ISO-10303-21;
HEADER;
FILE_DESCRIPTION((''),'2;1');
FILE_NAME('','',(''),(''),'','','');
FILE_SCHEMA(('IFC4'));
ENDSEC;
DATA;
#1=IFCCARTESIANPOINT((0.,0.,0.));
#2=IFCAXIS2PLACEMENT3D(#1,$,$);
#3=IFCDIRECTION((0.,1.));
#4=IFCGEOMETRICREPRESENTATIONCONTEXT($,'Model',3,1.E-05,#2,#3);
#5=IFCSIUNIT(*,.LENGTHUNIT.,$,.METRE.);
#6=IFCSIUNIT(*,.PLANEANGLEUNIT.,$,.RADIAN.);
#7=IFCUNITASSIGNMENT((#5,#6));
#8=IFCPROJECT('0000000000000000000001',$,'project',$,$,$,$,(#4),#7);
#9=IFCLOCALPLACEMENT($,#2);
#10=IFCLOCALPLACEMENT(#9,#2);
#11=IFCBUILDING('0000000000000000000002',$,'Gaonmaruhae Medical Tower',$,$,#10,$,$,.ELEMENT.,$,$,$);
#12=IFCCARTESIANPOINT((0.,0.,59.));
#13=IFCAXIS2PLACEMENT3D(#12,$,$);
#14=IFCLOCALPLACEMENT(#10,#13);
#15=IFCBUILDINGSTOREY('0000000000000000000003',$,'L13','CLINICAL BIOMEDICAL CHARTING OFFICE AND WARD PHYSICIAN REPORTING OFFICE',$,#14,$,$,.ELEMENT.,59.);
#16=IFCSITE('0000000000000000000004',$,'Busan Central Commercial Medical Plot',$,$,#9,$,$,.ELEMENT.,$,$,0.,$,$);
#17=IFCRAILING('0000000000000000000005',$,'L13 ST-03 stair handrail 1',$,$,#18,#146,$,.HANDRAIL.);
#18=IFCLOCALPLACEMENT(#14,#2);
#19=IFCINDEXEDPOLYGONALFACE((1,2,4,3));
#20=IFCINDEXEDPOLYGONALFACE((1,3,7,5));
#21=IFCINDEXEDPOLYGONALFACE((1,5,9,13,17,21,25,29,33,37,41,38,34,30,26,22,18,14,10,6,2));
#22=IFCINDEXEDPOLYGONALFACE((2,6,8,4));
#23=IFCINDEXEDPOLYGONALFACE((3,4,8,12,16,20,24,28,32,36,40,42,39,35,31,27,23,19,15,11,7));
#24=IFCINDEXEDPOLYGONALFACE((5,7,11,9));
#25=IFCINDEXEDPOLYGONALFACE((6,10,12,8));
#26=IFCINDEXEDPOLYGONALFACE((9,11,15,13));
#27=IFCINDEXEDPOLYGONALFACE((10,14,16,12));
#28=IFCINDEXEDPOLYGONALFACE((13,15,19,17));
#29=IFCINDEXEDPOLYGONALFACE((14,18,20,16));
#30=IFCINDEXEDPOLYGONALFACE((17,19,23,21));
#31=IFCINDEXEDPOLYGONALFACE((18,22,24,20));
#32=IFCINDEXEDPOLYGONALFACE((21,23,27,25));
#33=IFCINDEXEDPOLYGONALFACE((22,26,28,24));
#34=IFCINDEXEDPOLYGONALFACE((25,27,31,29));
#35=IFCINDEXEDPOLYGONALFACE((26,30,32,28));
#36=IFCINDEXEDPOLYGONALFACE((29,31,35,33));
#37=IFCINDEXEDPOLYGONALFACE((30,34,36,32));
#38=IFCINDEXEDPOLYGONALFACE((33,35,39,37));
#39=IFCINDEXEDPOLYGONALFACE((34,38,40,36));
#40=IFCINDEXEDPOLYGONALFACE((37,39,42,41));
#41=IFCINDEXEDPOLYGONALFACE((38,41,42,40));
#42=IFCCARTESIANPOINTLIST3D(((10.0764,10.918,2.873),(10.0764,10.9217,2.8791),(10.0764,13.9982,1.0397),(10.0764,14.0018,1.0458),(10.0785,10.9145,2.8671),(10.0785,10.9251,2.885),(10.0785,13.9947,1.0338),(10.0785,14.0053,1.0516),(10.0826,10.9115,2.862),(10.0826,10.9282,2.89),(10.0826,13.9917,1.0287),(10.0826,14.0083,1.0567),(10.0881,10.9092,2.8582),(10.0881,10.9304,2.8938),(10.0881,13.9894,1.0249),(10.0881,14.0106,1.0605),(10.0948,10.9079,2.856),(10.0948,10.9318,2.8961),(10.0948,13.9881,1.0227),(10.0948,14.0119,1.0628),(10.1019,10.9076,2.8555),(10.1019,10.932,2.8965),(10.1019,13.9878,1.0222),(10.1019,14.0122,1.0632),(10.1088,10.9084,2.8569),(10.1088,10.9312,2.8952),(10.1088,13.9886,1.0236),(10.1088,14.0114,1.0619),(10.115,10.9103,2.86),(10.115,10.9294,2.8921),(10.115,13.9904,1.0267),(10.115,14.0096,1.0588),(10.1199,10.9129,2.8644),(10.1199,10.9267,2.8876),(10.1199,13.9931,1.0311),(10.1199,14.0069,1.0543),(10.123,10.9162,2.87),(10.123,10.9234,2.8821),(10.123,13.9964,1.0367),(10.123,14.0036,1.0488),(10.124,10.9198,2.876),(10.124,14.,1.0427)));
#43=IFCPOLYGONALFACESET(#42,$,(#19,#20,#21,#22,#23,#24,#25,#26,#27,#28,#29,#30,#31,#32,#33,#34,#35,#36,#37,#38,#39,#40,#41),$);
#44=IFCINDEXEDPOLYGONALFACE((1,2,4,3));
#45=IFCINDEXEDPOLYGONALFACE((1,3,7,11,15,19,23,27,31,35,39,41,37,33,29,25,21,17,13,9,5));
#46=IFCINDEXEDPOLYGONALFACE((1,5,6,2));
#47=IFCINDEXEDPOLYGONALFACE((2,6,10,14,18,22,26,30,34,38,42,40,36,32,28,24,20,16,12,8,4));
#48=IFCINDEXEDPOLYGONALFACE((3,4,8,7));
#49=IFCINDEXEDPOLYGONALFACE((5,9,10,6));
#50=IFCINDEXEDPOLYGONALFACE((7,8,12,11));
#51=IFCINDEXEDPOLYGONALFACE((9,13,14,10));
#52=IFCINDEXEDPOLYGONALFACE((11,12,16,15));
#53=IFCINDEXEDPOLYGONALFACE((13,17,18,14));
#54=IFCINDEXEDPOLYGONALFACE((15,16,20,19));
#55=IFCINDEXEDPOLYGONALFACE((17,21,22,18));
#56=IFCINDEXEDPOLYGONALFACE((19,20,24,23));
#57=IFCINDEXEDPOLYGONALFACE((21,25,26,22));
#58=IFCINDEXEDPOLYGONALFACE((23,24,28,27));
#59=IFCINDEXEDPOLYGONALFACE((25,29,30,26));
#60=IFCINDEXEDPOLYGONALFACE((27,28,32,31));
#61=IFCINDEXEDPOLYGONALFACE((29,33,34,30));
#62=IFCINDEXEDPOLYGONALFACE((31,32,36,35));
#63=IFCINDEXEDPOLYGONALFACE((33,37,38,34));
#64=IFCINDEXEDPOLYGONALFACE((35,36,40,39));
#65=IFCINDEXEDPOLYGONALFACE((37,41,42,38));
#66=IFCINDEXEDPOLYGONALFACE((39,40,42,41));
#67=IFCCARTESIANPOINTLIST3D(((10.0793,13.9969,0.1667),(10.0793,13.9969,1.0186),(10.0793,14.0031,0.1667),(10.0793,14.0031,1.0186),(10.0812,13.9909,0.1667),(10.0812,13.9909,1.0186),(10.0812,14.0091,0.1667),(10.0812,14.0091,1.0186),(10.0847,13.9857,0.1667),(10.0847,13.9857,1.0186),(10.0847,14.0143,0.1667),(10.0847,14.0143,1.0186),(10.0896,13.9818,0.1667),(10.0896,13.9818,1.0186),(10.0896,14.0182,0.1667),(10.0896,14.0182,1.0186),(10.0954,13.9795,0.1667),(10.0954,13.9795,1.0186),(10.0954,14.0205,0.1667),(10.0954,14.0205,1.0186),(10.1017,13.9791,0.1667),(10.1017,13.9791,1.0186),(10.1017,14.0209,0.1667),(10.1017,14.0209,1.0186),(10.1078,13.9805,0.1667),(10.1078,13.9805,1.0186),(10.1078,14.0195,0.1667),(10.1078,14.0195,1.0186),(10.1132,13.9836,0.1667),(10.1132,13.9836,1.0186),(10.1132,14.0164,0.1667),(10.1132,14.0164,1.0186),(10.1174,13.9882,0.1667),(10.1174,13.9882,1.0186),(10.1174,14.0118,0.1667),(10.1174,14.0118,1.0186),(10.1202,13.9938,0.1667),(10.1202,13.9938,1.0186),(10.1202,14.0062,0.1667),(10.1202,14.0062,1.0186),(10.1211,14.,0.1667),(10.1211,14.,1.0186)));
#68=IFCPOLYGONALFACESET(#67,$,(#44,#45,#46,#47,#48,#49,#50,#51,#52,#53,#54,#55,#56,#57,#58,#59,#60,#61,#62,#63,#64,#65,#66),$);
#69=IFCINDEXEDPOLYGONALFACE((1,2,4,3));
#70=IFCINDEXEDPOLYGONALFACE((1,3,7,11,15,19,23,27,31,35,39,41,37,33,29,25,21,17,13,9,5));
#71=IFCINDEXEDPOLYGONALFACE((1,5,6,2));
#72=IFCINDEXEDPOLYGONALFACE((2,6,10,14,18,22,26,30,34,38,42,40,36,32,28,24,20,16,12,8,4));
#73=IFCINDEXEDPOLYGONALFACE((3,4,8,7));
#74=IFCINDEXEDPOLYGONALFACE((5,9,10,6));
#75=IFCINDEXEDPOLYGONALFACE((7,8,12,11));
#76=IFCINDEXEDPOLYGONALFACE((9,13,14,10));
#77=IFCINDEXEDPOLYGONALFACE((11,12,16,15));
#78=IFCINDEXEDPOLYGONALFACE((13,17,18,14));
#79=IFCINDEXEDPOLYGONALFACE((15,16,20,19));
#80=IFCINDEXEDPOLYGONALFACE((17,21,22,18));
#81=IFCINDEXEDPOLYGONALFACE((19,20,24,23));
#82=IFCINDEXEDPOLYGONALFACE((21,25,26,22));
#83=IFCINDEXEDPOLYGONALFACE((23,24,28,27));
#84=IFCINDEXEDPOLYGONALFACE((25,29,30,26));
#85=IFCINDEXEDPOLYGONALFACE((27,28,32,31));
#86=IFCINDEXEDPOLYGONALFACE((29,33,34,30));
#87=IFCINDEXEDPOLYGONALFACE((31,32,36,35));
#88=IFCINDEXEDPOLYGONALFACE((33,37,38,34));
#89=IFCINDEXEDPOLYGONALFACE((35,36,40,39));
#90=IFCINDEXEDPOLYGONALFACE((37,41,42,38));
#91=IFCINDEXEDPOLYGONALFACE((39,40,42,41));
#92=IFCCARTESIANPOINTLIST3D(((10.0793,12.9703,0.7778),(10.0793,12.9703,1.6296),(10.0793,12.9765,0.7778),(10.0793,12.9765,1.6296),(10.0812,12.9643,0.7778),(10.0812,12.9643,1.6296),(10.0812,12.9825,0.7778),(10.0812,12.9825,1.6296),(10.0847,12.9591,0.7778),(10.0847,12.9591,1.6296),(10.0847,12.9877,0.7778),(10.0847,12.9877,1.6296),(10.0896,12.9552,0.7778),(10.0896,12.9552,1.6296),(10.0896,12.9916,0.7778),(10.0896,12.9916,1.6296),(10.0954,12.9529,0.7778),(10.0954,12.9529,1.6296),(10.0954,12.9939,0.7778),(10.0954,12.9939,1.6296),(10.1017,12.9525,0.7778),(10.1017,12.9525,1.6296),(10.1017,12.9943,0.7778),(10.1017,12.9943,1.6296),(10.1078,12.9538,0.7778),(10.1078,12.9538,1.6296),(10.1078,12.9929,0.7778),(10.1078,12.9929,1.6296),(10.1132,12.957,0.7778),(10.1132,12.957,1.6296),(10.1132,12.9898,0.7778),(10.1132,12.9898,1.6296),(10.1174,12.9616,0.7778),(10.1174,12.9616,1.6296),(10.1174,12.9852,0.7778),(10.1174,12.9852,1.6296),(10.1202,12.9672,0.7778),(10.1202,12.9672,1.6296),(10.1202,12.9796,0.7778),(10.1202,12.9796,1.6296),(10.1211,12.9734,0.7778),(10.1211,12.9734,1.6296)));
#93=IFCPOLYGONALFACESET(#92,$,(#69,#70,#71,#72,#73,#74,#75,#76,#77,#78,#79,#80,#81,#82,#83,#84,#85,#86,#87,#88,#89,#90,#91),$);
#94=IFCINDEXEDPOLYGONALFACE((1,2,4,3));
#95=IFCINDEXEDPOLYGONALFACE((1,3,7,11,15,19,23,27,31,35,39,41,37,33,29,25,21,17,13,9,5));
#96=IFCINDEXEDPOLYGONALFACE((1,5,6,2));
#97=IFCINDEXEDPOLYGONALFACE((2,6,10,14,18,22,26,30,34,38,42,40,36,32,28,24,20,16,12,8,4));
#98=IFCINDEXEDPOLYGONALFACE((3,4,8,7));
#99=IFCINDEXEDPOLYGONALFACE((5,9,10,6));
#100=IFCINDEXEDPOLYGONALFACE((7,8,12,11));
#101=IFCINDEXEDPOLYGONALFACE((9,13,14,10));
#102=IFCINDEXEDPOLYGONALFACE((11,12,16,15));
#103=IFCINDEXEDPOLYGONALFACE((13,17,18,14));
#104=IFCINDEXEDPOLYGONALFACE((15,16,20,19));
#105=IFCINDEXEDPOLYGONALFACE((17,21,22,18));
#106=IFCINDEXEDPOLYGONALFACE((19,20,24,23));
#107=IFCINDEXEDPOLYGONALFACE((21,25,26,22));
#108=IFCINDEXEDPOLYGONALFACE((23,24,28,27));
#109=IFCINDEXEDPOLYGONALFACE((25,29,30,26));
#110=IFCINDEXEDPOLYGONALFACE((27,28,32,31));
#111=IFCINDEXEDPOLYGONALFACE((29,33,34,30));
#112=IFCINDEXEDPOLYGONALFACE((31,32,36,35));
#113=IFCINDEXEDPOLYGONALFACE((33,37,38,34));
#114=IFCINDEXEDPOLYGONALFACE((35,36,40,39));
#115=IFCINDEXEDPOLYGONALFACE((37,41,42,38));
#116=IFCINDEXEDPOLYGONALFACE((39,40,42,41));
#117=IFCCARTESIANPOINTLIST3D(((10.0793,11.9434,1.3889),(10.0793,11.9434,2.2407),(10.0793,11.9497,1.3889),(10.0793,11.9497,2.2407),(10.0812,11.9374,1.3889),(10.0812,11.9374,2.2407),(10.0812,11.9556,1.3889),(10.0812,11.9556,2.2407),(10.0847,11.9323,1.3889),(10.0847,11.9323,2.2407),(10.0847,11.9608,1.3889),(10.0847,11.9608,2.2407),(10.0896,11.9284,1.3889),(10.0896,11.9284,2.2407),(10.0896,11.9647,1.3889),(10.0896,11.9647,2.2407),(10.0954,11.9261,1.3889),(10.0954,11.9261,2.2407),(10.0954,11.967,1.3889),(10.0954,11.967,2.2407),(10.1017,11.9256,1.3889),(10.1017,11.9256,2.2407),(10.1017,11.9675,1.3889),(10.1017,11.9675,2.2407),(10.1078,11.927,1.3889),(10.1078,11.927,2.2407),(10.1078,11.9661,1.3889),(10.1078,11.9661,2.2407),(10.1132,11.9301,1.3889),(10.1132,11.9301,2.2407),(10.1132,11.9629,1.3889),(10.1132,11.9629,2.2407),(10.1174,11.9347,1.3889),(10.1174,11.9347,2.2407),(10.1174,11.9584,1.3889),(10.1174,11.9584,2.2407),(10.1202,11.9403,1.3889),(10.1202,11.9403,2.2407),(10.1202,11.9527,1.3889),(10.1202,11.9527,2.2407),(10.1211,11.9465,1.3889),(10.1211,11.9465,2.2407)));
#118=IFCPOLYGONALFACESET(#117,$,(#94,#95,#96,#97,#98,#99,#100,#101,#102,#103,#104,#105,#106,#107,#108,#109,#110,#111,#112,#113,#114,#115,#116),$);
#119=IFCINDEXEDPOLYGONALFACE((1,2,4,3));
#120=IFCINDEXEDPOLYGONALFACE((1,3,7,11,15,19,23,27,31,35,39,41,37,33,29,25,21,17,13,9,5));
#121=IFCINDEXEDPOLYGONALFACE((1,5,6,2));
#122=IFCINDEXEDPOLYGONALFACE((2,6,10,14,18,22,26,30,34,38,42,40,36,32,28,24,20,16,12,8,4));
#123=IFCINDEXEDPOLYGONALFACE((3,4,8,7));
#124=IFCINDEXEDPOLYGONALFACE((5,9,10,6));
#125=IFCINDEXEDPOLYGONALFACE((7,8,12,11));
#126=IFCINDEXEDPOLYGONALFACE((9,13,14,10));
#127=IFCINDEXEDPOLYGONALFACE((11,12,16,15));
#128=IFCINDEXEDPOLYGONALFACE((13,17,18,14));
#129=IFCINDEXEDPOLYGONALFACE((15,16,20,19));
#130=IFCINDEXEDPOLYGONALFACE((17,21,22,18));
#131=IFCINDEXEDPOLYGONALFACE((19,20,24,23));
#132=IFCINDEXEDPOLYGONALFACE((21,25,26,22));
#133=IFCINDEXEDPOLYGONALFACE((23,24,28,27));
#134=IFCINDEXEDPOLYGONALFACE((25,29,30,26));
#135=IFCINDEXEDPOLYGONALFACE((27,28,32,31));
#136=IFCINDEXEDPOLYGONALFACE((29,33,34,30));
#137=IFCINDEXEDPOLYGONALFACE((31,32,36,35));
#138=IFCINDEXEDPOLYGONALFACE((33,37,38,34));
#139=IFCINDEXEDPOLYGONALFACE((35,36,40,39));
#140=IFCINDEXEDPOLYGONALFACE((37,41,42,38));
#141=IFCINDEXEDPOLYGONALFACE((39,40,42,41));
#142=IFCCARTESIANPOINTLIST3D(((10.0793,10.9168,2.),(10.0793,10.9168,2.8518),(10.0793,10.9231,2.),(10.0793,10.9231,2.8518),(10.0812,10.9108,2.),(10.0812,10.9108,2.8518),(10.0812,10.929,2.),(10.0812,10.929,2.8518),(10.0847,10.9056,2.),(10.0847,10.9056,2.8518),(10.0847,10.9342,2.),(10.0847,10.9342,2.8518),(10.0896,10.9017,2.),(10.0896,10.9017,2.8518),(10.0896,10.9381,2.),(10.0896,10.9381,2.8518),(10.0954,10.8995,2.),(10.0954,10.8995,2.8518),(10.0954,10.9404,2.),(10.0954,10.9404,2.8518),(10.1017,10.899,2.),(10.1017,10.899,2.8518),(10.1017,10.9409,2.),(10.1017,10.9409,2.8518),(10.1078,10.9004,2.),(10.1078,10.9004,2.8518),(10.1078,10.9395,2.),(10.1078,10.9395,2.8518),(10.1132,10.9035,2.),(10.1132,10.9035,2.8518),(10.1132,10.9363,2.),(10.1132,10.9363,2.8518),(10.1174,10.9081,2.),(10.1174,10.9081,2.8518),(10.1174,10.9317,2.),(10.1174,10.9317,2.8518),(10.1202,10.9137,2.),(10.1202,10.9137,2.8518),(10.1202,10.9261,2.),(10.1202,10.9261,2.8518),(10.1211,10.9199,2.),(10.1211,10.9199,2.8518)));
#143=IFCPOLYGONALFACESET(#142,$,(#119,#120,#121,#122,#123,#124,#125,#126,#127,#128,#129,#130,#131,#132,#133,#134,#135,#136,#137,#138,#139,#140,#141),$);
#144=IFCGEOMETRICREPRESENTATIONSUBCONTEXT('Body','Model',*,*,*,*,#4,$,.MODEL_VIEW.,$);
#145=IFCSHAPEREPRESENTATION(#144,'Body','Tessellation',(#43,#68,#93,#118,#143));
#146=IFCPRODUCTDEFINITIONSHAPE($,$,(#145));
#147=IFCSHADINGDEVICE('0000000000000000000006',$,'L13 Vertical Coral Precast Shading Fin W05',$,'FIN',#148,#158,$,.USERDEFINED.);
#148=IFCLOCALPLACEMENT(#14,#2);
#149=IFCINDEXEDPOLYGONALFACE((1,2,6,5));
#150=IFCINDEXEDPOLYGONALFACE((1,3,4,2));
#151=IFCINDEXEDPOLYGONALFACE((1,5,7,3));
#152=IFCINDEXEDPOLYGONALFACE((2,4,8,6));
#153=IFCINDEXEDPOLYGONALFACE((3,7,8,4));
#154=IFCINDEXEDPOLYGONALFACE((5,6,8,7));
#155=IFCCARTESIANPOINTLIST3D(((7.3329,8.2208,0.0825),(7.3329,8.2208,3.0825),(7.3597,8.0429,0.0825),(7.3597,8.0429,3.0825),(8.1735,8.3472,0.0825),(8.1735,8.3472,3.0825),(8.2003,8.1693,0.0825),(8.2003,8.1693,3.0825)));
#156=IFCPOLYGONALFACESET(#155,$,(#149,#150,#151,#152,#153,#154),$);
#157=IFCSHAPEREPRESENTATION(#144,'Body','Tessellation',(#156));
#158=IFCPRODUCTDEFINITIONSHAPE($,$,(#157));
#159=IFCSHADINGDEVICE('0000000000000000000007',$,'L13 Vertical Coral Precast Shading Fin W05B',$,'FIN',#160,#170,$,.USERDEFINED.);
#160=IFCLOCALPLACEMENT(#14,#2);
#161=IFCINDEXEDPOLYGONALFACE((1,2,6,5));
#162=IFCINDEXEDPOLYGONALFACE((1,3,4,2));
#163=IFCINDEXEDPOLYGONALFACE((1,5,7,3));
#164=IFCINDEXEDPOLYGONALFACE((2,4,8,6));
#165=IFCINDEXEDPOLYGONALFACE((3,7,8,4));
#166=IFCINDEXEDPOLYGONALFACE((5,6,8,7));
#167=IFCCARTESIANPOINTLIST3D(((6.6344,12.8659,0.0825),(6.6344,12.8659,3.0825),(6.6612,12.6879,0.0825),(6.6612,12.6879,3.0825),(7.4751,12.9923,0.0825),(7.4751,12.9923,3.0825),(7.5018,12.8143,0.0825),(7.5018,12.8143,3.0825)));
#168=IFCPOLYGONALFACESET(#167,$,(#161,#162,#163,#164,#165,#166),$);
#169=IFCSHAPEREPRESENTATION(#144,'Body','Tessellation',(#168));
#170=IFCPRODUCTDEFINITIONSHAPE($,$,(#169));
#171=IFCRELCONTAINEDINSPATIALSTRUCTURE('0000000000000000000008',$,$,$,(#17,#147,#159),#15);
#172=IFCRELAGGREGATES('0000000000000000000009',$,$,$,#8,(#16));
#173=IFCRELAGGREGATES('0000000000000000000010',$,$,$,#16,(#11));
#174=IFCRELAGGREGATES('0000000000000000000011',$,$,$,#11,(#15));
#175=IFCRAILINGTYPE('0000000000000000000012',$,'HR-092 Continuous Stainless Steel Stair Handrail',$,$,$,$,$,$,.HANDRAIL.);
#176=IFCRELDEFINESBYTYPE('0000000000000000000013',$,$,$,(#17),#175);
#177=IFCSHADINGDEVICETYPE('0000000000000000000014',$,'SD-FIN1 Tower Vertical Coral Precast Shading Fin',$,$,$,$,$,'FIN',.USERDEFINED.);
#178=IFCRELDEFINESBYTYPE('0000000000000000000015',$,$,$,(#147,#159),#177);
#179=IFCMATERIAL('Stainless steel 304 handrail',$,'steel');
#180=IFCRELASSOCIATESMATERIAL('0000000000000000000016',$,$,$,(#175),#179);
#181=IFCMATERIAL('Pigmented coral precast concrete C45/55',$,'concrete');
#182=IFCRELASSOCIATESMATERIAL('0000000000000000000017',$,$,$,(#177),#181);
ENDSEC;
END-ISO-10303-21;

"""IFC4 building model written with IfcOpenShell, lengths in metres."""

from ifc_helpers import new_model, si_unit, direction, frame, origin, origin_2d, place, context, subcontext, project, spatial, rectangle, circle, extrude, material, type_object, element, save


model = new_model("IFC4")

# Units and contexts
model_context = context("Model", 3, precision=1e-05, world=origin(), true_north=direction((0.0, 1.0)))
body_context = subcontext(model_context, "Body", "Model", "MODEL_VIEW")
ifc_project = project(units=[si_unit("LENGTHUNIT", "METRE"), si_unit("PLANEANGLEUNIT", "RADIAN")], contexts=[model_context])

# Site, building, storey
site_placement = place(None, origin())
site = spatial("IfcSite", under=ifc_project, at=site_placement, Name="Busan Central Commercial Medical Plot", CompositionType="ELEMENT", RefElevation=0.0)
building_placement = place(site_placement, origin())
building = spatial("IfcBuilding", under=site, at=building_placement, Name="Gaonmaruhae Medical Tower", CompositionType="ELEMENT")
storey_placement = place(building_placement, frame((0.0, 0.0, 59.0)))
storey = spatial("IfcBuildingStorey", under=building, at=storey_placement, Name="L13", Description="CLINICAL BIOMEDICAL CHARTING OFFICE AND WARD PHYSICIAN REPORTING OFFICE", CompositionType="ELEMENT", Elevation=59.0)

# Railing
ifc_material_1 = material(Name="Stainless steel 304 handrail", Category="steel")
railing_type_1 = type_object("IfcRailingType", Name="HR-092 Continuous Stainless Steel Stair Handrail", PredefinedType="HANDRAIL", material=ifc_material_1)
railing_1_placement = place(storey_placement, frame((10.1001, 14.0, 0.1667)))
element("IfcRailing", 1, at=railing_1_placement, inside=storey, type_object=railing_type_1, Name="L13 ST-03 stair handrail 1", PredefinedType="HANDRAIL", context=body_context, shape_type="SweptSolid", body=[
    extrude(circle(Radius=0.0239, at=origin_2d()), frame((0.0, 0.0, 0.876), z_axis=(0.0, -0.859309, 0.511458), x_axis=(1.0, 0.0, 0.0)), (0.0, 0.0, 1.0), 3.5845),
    extrude(circle(Radius=0.021, at=origin_2d()), origin(), (0.0, 0.0, 1.0), 0.8518),
    extrude(circle(Radius=0.021, at=origin_2d()), frame((0.0, -1.0266, 0.6111)), (0.0, 0.0, 1.0), 0.8518),
    extrude(circle(Radius=0.021, at=origin_2d()), frame((0.0, -2.0535, 1.2222)), (0.0, 0.0, 1.0), 0.8518),
    extrude(circle(Radius=0.021, at=origin_2d()), frame((0.0, -3.0801, 1.8333)), (0.0, 0.0, 1.0), 0.8518),
])

# Shading devices
ifc_material_2 = material(Name="Pigmented coral precast concrete C45/55", Category="concrete")
shading_device_type = type_object("IfcShadingDeviceType", Name="SD-FIN1 Tower Vertical Coral Precast Shading Fin", ElementType="FIN", PredefinedType="USERDEFINED", material=ifc_material_2)
for number, where, z_axis, x_axis, name in (
    (2, (7.7666, 8.1951, 0.0825), (0.0, 0.0, 1.0), (-0.14869, 0.988884, 0.0), "L13 Vertical Coral Precast Shading Fin W05"),
    (3, (7.0681, 12.8401, 0.0825), (0.0, 0.0, 1.0), (-0.14869, 0.988884, 0.0), "L13 Vertical Coral Precast Shading Fin W05B"),
):
    element("IfcShadingDevice", number, at=place(storey_placement, frame(where, z_axis=z_axis, x_axis=x_axis)), inside=storey, type_object=shading_device_type, Name=name, ObjectType="FIN", PredefinedType="USERDEFINED", context=body_context, shape_type="SweptSolid", body=[
        extrude(rectangle(XDim=0.1799, YDim=0.8501, at=origin_2d()), origin(), (0.0, 0.0, 1.0), 3.0),
    ])

save(model, "model.ifc")
